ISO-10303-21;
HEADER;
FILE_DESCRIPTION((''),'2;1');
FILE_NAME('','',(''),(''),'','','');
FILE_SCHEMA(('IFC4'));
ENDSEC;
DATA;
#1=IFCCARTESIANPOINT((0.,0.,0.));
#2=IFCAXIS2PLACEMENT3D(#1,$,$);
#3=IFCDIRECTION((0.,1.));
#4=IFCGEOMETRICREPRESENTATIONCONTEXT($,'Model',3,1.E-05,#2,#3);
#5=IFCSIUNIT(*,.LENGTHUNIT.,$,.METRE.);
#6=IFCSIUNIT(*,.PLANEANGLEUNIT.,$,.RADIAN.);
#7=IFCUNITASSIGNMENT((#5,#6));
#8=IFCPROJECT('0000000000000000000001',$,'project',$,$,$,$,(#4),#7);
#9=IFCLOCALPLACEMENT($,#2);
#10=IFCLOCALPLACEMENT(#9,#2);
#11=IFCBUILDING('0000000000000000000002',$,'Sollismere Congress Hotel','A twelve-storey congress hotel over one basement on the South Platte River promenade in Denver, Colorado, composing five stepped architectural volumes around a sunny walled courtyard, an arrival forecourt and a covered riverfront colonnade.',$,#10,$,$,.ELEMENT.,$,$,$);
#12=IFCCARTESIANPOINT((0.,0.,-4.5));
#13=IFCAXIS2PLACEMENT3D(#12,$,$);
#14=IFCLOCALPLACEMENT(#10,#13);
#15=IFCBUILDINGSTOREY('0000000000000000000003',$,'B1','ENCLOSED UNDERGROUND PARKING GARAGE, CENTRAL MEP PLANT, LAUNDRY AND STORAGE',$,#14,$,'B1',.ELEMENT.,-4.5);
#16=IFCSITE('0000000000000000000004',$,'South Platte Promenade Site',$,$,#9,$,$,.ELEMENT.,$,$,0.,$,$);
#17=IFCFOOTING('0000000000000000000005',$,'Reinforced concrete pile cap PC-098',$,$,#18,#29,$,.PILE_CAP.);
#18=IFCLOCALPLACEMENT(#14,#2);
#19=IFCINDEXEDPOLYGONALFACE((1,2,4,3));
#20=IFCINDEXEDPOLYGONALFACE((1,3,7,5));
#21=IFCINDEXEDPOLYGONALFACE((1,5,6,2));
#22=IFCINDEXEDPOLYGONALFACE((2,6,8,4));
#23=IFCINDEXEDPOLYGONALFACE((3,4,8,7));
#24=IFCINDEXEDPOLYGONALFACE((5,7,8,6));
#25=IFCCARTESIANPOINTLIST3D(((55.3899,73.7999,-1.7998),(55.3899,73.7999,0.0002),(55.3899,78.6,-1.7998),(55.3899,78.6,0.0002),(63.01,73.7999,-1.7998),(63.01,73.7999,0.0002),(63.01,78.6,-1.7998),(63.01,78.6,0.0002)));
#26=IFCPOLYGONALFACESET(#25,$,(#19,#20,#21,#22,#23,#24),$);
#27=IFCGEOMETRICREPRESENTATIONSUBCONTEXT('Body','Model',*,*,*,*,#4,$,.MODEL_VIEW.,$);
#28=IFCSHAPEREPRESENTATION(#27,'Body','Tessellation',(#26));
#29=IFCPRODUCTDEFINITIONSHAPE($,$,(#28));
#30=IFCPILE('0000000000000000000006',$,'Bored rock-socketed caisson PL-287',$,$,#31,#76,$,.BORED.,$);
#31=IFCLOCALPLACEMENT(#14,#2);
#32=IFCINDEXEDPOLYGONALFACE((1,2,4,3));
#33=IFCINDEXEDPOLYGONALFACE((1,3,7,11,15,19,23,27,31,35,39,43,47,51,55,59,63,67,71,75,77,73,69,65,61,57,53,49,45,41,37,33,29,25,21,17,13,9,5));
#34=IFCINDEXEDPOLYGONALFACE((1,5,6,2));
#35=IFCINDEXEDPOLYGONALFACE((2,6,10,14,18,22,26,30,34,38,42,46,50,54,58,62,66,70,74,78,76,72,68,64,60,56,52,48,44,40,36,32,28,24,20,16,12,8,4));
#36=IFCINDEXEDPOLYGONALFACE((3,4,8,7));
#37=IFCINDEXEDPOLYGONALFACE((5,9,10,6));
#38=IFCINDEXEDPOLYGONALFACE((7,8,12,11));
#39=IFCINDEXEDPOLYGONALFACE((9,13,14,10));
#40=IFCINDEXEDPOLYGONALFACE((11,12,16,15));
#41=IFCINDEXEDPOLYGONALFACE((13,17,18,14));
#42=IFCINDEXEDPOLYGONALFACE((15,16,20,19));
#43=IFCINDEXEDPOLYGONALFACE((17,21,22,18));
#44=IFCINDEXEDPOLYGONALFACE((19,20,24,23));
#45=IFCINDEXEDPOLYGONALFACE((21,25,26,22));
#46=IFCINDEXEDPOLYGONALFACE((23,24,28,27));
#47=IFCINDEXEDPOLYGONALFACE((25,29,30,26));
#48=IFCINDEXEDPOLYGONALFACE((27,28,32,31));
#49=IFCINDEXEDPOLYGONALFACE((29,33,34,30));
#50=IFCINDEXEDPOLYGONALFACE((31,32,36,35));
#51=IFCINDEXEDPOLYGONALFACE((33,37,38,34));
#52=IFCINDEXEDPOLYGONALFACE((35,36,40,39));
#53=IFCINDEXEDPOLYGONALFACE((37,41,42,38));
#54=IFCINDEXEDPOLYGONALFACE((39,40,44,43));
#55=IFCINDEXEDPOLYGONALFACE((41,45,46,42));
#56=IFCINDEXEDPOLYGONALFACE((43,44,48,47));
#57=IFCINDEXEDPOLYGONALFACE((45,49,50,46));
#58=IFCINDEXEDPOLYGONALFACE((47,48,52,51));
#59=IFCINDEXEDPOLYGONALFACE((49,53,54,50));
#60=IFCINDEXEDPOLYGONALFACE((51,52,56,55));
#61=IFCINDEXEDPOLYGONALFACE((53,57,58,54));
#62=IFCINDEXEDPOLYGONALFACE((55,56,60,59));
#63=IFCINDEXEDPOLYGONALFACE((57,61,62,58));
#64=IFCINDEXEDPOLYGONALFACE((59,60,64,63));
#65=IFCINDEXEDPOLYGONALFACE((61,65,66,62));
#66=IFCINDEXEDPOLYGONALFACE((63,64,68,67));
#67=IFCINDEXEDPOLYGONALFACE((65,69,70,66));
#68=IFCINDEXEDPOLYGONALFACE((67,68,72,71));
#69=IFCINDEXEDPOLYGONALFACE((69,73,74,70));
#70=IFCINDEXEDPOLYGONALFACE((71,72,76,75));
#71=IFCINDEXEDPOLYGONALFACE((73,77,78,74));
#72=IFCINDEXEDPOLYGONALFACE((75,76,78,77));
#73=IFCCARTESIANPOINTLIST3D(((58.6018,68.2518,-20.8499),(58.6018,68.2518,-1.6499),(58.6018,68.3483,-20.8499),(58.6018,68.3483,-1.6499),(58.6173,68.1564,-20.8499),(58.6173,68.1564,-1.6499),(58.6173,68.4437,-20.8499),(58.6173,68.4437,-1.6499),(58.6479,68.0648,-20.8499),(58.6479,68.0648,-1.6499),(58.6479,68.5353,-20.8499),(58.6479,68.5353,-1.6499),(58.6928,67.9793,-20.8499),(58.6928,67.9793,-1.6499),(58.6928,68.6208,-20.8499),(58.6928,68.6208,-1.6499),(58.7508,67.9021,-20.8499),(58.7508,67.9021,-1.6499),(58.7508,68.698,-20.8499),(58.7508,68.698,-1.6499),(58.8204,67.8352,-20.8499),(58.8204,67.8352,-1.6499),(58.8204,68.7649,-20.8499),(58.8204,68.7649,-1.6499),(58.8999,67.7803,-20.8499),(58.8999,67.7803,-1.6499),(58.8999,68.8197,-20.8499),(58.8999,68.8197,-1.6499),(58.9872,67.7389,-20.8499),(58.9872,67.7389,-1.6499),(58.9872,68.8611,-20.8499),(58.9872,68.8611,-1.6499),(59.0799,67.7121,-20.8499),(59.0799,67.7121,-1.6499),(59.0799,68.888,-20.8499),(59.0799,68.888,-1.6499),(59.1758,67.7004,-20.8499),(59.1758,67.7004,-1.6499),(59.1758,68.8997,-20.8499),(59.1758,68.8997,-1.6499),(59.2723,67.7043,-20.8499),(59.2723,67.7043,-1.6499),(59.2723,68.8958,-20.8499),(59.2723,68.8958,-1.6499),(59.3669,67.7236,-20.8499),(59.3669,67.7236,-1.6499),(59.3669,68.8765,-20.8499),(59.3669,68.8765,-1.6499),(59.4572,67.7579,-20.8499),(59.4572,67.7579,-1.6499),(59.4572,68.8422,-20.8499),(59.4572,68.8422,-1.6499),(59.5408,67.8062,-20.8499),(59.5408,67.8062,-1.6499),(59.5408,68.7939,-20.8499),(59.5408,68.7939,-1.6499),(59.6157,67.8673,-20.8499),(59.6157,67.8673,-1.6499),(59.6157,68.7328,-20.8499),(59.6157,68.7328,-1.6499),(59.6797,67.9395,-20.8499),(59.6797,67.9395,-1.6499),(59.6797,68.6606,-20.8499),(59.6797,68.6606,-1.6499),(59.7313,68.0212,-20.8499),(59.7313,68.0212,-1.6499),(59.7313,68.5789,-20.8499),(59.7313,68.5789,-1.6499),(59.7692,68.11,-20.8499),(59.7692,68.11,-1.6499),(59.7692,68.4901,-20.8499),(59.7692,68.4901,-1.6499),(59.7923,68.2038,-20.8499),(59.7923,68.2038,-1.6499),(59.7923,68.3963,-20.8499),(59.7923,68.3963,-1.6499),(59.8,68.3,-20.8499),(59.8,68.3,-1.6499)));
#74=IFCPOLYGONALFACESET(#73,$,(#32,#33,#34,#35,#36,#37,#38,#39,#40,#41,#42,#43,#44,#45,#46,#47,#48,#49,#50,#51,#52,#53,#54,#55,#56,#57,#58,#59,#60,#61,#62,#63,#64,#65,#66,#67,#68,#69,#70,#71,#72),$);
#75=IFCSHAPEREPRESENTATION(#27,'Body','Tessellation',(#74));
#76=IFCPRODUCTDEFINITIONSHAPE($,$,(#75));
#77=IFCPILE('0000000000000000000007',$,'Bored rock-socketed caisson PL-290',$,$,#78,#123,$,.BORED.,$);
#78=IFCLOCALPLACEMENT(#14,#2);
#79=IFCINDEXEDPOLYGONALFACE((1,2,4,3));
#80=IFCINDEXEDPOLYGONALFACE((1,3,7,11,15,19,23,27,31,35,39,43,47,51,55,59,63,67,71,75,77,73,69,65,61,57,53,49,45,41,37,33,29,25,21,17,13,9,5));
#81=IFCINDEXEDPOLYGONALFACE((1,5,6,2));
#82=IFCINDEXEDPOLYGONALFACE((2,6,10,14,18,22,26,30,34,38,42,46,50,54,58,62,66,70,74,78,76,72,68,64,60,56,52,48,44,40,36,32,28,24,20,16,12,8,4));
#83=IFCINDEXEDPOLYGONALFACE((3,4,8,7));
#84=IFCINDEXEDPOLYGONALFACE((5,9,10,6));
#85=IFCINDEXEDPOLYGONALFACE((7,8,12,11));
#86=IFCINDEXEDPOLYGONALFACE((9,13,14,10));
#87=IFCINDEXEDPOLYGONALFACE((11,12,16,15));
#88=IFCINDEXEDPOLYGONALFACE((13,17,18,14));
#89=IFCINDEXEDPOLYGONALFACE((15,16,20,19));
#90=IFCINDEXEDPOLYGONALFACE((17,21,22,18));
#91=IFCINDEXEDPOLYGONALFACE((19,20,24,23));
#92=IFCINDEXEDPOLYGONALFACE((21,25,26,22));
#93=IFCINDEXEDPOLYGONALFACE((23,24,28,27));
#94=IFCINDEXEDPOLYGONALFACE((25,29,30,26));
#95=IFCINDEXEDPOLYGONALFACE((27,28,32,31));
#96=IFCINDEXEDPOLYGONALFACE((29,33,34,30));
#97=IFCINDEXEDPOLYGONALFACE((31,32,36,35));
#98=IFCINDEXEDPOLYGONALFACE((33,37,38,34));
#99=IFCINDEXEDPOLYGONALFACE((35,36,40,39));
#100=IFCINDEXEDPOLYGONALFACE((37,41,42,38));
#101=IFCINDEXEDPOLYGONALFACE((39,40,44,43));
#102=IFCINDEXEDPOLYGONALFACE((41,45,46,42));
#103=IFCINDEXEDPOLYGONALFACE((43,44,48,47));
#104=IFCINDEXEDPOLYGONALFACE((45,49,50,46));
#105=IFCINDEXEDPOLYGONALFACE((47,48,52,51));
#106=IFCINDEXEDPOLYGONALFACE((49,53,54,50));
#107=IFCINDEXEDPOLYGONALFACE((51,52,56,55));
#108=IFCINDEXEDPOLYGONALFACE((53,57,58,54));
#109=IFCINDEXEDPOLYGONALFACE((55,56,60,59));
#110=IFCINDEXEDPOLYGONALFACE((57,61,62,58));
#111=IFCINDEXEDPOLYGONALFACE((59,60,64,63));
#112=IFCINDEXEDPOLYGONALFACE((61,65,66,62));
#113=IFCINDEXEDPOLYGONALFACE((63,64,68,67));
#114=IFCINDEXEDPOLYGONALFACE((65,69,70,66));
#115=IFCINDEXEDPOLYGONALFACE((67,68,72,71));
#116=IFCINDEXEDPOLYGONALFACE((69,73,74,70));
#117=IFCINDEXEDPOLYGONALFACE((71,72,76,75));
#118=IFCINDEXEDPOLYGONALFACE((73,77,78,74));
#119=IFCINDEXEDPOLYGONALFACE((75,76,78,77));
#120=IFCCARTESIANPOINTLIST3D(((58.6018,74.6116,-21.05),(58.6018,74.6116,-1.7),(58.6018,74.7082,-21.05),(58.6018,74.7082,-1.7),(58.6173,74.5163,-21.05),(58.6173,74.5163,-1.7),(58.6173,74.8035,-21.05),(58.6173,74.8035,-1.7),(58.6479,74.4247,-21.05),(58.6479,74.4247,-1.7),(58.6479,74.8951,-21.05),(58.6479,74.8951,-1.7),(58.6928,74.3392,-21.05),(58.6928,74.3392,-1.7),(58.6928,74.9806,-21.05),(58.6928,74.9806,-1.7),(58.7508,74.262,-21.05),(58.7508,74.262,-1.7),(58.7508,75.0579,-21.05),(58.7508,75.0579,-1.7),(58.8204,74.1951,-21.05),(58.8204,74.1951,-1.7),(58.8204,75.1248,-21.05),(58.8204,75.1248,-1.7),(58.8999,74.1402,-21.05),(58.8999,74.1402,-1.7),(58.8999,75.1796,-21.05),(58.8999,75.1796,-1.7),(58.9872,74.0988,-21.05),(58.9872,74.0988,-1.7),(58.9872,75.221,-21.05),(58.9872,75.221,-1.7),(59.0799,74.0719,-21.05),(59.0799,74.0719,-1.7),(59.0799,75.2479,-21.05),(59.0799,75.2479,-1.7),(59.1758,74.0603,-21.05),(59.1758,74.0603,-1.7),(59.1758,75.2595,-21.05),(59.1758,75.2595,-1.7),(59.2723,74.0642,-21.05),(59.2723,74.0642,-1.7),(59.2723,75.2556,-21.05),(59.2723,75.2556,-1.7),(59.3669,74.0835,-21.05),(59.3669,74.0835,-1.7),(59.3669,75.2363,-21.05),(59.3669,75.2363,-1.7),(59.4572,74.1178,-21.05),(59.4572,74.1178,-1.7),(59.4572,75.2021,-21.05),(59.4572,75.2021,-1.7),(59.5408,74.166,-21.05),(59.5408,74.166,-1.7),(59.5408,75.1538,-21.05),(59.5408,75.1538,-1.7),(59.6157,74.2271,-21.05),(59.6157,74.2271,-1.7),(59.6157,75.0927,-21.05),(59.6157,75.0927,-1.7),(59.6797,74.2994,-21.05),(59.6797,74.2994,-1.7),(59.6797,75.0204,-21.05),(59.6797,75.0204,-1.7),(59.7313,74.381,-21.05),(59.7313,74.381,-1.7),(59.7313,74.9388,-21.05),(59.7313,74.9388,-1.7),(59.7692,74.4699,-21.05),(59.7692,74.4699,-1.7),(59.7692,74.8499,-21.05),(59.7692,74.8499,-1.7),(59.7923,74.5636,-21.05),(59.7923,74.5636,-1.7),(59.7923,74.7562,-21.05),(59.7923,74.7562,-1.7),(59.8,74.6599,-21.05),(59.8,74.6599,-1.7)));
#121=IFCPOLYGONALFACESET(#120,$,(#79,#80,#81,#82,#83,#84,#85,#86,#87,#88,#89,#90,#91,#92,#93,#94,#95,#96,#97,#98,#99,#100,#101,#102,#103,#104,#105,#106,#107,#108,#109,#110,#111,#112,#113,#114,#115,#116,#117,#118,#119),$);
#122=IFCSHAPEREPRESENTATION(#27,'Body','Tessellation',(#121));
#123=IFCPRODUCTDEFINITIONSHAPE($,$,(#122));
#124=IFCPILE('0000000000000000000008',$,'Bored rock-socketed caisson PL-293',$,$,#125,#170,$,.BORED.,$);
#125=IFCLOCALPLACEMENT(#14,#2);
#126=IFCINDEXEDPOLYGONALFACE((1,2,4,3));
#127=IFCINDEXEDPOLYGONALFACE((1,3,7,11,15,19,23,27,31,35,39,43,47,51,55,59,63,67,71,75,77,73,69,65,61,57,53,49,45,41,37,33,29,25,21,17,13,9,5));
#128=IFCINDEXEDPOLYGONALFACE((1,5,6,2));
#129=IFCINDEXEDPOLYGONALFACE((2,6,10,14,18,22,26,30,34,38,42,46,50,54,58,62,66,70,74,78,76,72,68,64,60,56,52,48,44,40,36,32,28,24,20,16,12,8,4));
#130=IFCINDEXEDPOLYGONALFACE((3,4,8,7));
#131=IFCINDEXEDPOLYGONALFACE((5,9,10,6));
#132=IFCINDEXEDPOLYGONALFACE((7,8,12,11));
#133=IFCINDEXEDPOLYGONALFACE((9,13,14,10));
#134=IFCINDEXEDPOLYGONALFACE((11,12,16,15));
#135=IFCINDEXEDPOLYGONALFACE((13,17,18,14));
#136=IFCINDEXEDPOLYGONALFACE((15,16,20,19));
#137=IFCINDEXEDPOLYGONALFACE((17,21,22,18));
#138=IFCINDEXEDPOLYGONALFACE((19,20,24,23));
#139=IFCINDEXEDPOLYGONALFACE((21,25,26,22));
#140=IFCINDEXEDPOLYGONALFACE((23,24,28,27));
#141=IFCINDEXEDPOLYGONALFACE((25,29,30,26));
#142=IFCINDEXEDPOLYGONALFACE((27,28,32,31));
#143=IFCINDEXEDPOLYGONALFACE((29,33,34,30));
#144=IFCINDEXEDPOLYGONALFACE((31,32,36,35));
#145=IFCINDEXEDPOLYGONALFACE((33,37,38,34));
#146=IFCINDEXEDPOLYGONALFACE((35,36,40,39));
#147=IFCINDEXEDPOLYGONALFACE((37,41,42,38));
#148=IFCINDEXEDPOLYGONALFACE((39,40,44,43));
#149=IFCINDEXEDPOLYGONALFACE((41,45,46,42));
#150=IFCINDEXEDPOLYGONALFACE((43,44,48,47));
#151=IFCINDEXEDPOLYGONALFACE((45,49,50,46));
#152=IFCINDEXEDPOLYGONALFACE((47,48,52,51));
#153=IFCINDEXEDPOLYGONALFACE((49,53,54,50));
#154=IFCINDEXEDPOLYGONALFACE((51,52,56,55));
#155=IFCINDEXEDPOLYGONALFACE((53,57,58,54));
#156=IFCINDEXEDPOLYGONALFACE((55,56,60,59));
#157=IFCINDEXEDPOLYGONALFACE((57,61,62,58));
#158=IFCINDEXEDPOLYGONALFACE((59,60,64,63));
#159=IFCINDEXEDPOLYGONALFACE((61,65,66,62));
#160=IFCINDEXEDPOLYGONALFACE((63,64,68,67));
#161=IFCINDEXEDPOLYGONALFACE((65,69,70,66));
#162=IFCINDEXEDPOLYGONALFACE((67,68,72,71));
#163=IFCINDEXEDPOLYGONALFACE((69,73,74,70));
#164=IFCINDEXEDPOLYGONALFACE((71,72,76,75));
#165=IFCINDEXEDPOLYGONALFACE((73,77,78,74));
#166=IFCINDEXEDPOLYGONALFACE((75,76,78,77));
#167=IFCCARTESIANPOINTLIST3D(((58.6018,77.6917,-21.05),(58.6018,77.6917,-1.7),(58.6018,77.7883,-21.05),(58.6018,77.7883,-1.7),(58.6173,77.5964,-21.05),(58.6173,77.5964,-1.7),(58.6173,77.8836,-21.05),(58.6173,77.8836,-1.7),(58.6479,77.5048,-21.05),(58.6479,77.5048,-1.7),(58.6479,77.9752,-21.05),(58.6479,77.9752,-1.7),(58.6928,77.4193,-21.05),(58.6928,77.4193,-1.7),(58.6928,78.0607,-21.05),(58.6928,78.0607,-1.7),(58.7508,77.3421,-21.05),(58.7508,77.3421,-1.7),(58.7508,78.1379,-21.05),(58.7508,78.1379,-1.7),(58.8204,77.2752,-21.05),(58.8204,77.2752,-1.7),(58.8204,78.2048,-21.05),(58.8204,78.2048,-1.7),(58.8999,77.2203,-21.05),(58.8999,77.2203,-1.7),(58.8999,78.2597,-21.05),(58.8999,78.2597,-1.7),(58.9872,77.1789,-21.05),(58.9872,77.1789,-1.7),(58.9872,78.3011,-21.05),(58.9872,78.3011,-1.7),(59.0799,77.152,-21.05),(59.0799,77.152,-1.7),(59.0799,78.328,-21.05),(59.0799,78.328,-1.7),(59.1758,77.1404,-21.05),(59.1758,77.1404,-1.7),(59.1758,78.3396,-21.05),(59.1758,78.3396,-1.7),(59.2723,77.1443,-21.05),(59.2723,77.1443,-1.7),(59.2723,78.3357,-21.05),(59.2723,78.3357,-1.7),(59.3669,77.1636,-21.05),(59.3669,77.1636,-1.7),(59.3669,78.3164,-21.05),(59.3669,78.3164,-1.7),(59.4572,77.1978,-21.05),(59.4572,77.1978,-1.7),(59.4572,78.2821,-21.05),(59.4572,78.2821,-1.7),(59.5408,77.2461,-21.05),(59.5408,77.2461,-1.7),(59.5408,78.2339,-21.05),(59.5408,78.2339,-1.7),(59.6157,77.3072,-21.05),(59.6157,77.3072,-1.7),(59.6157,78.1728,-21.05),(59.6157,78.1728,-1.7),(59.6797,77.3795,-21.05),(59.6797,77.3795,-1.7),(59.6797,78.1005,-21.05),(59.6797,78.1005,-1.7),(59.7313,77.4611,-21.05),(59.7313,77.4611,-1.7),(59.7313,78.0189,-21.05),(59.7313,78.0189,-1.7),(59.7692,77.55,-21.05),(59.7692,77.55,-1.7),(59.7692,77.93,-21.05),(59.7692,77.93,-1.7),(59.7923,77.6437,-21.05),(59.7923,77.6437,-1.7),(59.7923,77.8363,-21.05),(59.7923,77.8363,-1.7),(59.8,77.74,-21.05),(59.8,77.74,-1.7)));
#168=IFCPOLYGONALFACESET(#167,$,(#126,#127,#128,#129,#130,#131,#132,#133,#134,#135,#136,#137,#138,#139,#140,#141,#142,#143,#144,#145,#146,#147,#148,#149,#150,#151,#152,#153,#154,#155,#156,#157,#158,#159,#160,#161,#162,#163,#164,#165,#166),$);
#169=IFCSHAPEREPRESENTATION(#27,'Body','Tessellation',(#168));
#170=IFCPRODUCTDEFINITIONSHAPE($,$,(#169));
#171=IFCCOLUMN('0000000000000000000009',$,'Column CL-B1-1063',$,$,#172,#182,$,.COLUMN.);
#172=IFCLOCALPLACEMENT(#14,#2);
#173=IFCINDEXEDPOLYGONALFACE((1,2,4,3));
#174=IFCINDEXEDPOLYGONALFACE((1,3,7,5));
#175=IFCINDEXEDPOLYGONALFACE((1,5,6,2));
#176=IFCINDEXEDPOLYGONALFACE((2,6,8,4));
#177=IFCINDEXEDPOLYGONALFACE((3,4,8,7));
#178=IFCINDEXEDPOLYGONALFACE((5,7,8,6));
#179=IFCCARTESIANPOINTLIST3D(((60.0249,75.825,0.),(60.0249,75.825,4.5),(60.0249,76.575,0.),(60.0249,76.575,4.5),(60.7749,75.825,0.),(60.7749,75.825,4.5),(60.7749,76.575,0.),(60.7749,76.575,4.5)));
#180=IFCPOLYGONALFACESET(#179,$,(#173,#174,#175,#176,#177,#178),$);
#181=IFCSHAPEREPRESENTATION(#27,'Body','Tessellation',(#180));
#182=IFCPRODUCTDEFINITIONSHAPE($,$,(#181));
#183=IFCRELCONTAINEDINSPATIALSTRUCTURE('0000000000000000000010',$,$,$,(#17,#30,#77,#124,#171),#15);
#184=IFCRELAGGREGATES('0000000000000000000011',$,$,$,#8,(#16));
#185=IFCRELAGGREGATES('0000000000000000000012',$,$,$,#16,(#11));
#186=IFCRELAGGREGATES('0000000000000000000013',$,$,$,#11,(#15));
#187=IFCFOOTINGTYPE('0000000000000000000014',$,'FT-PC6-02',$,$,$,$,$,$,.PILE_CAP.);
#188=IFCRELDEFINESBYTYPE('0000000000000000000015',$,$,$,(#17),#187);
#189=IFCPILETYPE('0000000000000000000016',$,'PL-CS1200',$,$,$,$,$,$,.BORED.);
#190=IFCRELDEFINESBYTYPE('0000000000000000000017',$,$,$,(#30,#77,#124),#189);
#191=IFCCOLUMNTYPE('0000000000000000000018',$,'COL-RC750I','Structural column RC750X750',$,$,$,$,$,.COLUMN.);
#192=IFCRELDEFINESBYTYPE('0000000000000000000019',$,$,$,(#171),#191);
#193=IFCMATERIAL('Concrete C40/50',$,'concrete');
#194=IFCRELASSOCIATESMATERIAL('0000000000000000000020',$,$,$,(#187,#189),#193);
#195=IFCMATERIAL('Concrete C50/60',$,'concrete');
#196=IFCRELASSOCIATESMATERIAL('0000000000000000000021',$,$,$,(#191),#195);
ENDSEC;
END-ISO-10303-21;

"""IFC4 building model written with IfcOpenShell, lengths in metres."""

from ifc_helpers import new_model, si_unit, direction, frame, origin, origin_2d, place, context, subcontext, project, spatial, rectangle, circle, extrude, material, material_profile, profile_set, type_object, element, save


model = new_model("IFC4")

# Units and contexts
model_context = context("Model", 3, precision=1e-05, world=origin(), true_north=direction((0.0, 1.0)))
body_context = subcontext(model_context, "Body", "Model", "MODEL_VIEW")
ifc_project = project(units=[si_unit("LENGTHUNIT", "METRE"), si_unit("PLANEANGLEUNIT", "RADIAN")], contexts=[model_context])

# Site, building, storey
site_placement = place(None, origin())
site = spatial("IfcSite", under=ifc_project, at=site_placement, Name="South Platte Promenade Site", CompositionType="ELEMENT", RefElevation=0.0)
building_placement = place(site_placement, origin())
building = spatial("IfcBuilding", under=site, at=building_placement, Name="Sollismere Congress Hotel", Description="A twelve-storey congress hotel over one basement on the South Platte River promenade in Denver, Colorado, composing five stepped architectural volumes around a sunny walled courtyard, an arrival forecourt and a covered riverfront colonnade.", CompositionType="ELEMENT")
storey_placement = place(building_placement, frame((0.0, 0.0, -4.5)))
storey = spatial("IfcBuildingStorey", under=building, at=storey_placement, Name="B1", Description="ENCLOSED UNDERGROUND PARKING GARAGE, CENTRAL MEP PLANT, LAUNDRY AND STORAGE", LongName="B1", CompositionType="ELEMENT", Elevation=-4.5)

# Footing
ifc_material_1 = material(Name="Concrete C40/50", Category="concrete")
footing_type = type_object("IfcFootingType", Name="FT-PC6-02", PredefinedType="PILE_CAP", material=ifc_material_1)
footing_placement = place(storey_placement, frame((59.2, 76.2, -1.7998), z_axis=(0.0, 0.0, 1.0), x_axis=(1.0, 0.0, 0.0)))
element("IfcFooting", 1, at=footing_placement, inside=storey, type_object=footing_type, Name="Reinforced concrete pile cap PC-098", PredefinedType="PILE_CAP", context=body_context, shape_type="SweptSolid", body=[
    extrude(rectangle(XDim=7.6201, YDim=4.8, at=origin_2d()), origin(), (0.0, 0.0, 1.0), 1.8),
])

# Piles
ifc_material_profile_1 = material_profile(ifc_material_1, circle(Radius=0.6001, at=origin_2d()), Name="CAISSON1200")
ifc_profile_set_1 = profile_set([ifc_material_profile_1], Name="Concrete C40/50")
pile_type = type_object("IfcPileType", Name="PL-CS1200", PredefinedType="BORED", material=ifc_profile_set_1)
pile_placement = place(storey_placement, frame((59.2, 68.3, -1.6499), z_axis=(0.0, 0.0, -1.0), x_axis=(1.0, 0.0, 0.0)))
element("IfcPile", 2, at=pile_placement, inside=storey, type_object=pile_type, Name="Bored rock-socketed caisson PL-287", PredefinedType="BORED", context=body_context, shape_type="SweptSolid", body=[
    extrude(circle(Radius=0.6001, at=origin_2d()), origin(), (0.0, 0.0, 1.0), 19.2),
])
for number, where, z_axis, x_axis, name in (
    (3, (59.2, 74.6599, -1.7), (0.0, 0.0, -1.0), (1.0, 0.0, 0.0), "Bored rock-socketed caisson PL-290"),
    (4, (59.2, 77.74, -1.7), (0.0, 0.0, -1.0), (1.0, 0.0, 0.0), "Bored rock-socketed caisson PL-293"),
):
    element("IfcPile", number, at=place(storey_placement, frame(where, z_axis=z_axis, x_axis=x_axis)), inside=storey, type_object=pile_type, Name=name, PredefinedType="BORED", context=body_context, shape_type="SweptSolid", body=[
        extrude(circle(Radius=0.6001, at=origin_2d()), origin(), (0.0, 0.0, 1.0), 19.3501),
    ])

# Column
ifc_material_2 = material(Name="Concrete C50/60", Category="concrete")
ifc_material_profile_2 = material_profile(ifc_material_2, rectangle(XDim=0.75, YDim=0.75, at=origin_2d()), Name="RC750X750")
ifc_profile_set_2 = profile_set([ifc_material_profile_2], Name="Concrete C50/60")
column_type = type_object("IfcColumnType", Name="COL-RC750I", Description="Structural column RC750X750", PredefinedType="COLUMN", material=ifc_profile_set_2)
column_placement = place(storey_placement, frame((60.3999, 76.2, 0.0), z_axis=(0.0, 0.0, 1.0), x_axis=(1.0, 0.0, 0.0)))
element("IfcColumn", 5, at=column_placement, inside=storey, type_object=column_type, Name="Column CL-B1-1063", PredefinedType="COLUMN", context=body_context, shape_type="SweptSolid", body=[
    extrude(rectangle(XDim=0.75, YDim=0.75, at=origin_2d()), origin(), (0.0, 0.0, 1.0), 4.5),
])

save(model, "model.ifc")
